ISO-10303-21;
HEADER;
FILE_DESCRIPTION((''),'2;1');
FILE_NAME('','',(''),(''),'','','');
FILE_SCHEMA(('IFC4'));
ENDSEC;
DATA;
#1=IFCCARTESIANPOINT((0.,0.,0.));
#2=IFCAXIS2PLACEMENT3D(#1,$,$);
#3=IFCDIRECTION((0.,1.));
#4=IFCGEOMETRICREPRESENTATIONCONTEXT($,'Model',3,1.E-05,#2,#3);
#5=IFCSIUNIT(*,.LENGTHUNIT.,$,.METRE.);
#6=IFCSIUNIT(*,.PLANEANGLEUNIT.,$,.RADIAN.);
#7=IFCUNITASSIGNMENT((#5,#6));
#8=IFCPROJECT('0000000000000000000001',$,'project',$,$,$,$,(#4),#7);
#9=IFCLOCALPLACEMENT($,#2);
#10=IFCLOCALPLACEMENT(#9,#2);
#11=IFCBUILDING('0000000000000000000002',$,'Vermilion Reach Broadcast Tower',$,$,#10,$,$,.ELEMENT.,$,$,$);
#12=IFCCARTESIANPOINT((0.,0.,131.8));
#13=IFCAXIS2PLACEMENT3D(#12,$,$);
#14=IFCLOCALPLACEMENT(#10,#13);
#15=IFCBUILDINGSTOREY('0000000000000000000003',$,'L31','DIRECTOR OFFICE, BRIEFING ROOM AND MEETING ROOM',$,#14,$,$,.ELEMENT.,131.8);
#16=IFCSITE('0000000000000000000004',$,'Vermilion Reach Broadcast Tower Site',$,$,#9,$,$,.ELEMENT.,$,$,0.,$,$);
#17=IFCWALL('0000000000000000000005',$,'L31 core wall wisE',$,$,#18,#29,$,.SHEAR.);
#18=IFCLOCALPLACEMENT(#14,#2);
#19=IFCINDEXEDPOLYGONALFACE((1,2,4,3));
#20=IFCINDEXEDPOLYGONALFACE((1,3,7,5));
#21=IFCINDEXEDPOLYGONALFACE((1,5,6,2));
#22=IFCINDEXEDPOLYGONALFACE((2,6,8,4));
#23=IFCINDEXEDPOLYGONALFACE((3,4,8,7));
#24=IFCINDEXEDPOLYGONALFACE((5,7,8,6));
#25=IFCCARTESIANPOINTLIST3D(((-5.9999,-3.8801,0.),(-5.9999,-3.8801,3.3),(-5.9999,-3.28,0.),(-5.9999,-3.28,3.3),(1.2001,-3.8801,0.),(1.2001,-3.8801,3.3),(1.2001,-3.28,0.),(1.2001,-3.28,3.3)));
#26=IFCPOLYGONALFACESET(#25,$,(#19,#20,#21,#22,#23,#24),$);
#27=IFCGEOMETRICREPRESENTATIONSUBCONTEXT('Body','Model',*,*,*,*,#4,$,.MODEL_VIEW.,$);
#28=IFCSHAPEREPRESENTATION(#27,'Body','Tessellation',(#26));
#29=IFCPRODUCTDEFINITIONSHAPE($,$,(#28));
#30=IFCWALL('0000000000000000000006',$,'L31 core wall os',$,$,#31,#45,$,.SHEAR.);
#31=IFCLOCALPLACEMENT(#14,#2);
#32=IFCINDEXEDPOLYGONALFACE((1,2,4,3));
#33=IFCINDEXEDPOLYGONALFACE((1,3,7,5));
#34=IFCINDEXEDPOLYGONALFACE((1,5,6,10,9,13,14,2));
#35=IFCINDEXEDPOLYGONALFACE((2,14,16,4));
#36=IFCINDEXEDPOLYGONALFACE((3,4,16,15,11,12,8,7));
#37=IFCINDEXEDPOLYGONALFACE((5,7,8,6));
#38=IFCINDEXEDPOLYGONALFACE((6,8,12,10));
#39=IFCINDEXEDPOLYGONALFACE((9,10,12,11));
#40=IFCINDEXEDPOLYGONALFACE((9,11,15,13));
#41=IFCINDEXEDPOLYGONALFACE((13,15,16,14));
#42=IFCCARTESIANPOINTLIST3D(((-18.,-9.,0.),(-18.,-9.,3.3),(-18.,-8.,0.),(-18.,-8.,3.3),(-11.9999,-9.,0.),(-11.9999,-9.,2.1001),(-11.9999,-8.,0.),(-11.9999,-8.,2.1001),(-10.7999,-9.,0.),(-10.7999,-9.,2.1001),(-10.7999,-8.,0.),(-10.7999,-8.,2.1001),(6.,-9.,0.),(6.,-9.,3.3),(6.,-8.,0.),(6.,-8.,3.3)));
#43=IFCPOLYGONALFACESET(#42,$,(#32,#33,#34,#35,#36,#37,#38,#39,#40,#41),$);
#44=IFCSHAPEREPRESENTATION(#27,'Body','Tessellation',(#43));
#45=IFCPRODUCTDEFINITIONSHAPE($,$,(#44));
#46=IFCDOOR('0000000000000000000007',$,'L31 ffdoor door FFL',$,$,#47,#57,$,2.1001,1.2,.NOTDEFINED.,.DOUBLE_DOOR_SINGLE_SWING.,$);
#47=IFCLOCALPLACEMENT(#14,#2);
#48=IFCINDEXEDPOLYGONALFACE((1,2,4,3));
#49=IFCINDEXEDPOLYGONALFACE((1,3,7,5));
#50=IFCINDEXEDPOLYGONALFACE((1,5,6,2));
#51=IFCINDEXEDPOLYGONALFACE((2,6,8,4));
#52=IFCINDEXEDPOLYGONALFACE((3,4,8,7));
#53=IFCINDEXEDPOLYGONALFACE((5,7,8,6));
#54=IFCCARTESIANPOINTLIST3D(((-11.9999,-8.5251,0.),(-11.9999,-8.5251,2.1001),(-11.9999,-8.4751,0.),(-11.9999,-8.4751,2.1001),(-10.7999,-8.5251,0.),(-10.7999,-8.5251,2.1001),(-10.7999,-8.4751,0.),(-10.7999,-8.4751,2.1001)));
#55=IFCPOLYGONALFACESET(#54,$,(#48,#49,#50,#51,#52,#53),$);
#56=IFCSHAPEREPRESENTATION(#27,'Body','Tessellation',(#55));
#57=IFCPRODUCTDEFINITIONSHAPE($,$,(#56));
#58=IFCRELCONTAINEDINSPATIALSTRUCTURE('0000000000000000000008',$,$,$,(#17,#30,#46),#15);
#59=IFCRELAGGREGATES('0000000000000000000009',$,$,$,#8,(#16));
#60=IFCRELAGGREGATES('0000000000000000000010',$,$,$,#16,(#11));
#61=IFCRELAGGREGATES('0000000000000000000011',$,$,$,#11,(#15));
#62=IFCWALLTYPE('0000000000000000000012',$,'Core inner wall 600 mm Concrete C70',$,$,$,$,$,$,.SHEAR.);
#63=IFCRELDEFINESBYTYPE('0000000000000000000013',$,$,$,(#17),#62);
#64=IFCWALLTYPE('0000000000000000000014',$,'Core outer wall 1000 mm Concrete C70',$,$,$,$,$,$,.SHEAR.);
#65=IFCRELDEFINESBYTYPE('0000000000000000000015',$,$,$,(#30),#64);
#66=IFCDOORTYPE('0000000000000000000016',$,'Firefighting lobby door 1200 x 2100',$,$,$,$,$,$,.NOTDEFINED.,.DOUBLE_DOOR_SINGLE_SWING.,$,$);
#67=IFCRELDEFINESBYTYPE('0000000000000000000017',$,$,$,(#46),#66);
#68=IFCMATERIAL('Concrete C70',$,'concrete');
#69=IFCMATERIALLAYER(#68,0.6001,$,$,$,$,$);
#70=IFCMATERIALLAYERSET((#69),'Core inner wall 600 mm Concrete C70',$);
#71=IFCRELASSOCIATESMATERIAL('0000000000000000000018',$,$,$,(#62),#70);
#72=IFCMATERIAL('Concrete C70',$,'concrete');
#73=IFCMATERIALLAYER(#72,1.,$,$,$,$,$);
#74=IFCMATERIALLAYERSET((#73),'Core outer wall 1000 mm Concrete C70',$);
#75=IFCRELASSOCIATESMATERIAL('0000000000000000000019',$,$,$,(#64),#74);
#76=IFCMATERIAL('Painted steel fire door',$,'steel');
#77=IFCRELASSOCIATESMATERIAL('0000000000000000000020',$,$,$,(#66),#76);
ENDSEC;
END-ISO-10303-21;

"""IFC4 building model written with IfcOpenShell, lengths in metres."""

from ifc_helpers import new_model, si_unit, direction, frame, frame_2d, origin, place, context, subcontext, project, spatial, rectangle, extrude, material, layer, layer_set, type_object, element, fill, save


model = new_model("IFC4")

# Units and contexts
model_context = context("Model", 3, precision=1e-05, world=origin(), true_north=direction((0.0, 1.0)))
body_context = subcontext(model_context, "Body", "Model", "MODEL_VIEW")
ifc_project = project(units=[si_unit("LENGTHUNIT", "METRE"), si_unit("PLANEANGLEUNIT", "RADIAN")], contexts=[model_context])

# Site, building, storey
site_placement = place(None, origin())
site = spatial("IfcSite", under=ifc_project, at=site_placement, Name="Vermilion Reach Broadcast Tower Site", CompositionType="ELEMENT", RefElevation=0.0)
building_placement = place(site_placement, origin())
building = spatial("IfcBuilding", under=site, at=building_placement, Name="Vermilion Reach Broadcast Tower", CompositionType="ELEMENT")
storey_placement = place(building_placement, frame((0.0, 0.0, 131.8)))
storey = spatial("IfcBuildingStorey", under=building, at=storey_placement, Name="L31", Description="DIRECTOR OFFICE, BRIEFING ROOM AND MEETING ROOM", CompositionType="ELEMENT", Elevation=131.8)

# Shared definitions
ifc_material_1 = material(Name="Concrete C70", Category="concrete")
ifc_layer_1 = layer(ifc_material_1, 0.6001)
ifc_layer_set_1 = layer_set([ifc_layer_1], Name="Core inner wall 600 mm Concrete C70")
wall_type_1 = type_object("IfcWallType", Name="Core inner wall 600 mm Concrete C70", PredefinedType="SHEAR", material=ifc_layer_set_1)

# Wall
wall_1_placement = place(storey_placement, frame((-6.0, -3.5801, 0.0), z_axis=(0.0, 0.0, 1.0), x_axis=(1.0, 0.0, 0.0)))
element("IfcWall", 1, at=wall_1_placement, inside=storey, type_object=wall_type_1, Name="L31 core wall wisE", PredefinedType="SHEAR", context=body_context, shape_type="SweptSolid", body=[
    extrude(rectangle(XDim=7.2, YDim=0.6001, at=frame_2d((3.6001, 0.0))), origin(), (0.0, 0.0, 1.0), 3.3),
])

# Wall, opening, door
ifc_material_2 = material(Name="Concrete C70", Category="concrete")
ifc_layer_2 = layer(ifc_material_2, 1.0)
ifc_layer_set_2 = layer_set([ifc_layer_2], Name="Core outer wall 1000 mm Concrete C70")
wall_type_2 = type_object("IfcWallType", Name="Core outer wall 1000 mm Concrete C70", PredefinedType="SHEAR", material=ifc_layer_set_2)
wall_2_placement = place(storey_placement, frame((-18.0, -8.5, 0.0), z_axis=(0.0, 0.0, 1.0), x_axis=(1.0, 0.0, 0.0)))
wall_2 = element("IfcWall", 2, at=wall_2_placement, inside=storey, type_object=wall_type_2, Name="L31 core wall os", PredefinedType="SHEAR", context=body_context, shape_type="SweptSolid", body=[
    extrude(rectangle(XDim=24.0, YDim=1.0, at=frame_2d((12.0, 0.0))), origin(), (0.0, 0.0, 1.0), 3.3),
])
opening_1_placement = place(wall_2_placement, frame((6.0, 0.0, 0.0)))
opening_1 = element("IfcOpeningElement", 3, at=opening_1_placement, cuts=wall_2, PredefinedType="OPENING", context=body_context, shape_type="SweptSolid", body=[
    extrude(rectangle(XDim=1.2, YDim=2.1001, at=frame_2d((0.6001, 1.05))), frame((0.0, 0.51, 0.0), z_axis=(0.0, -1.0, 0.0), x_axis=(1.0, 0.0, 0.0)), (0.0, 0.0, 1.0), 1.02),
])
ifc_material_3 = material(Name="Painted steel fire door", Category="steel")
door_type_1 = type_object("IfcDoorType", Name="Firefighting lobby door 1200 x 2100", OperationType="DOUBLE_DOOR_SINGLE_SWING", PredefinedType="NOTDEFINED", material=ifc_material_3)
door_1_placement = place(opening_1_placement, origin())
door_1 = element("IfcDoor", 4, at=door_1_placement, inside=storey, type_object=door_type_1, Name="L31 ffdoor door FFL", OperationType="DOUBLE_DOOR_SINGLE_SWING", OverallHeight=2.1001, OverallWidth=1.2, PredefinedType="NOTDEFINED", context=body_context, shape_type="SweptSolid", body=[
    extrude(rectangle(XDim=1.2, YDim=2.1001, at=frame_2d((0.6001, 1.05))), frame((0.0, 0.0249, 0.0), z_axis=(0.0, -1.0, 0.0), x_axis=(1.0, 0.0, 0.0)), (0.0, 0.0, 1.0), 0.05),
])
fill(opening_1, door_1)

save(model, "model.ifc")
